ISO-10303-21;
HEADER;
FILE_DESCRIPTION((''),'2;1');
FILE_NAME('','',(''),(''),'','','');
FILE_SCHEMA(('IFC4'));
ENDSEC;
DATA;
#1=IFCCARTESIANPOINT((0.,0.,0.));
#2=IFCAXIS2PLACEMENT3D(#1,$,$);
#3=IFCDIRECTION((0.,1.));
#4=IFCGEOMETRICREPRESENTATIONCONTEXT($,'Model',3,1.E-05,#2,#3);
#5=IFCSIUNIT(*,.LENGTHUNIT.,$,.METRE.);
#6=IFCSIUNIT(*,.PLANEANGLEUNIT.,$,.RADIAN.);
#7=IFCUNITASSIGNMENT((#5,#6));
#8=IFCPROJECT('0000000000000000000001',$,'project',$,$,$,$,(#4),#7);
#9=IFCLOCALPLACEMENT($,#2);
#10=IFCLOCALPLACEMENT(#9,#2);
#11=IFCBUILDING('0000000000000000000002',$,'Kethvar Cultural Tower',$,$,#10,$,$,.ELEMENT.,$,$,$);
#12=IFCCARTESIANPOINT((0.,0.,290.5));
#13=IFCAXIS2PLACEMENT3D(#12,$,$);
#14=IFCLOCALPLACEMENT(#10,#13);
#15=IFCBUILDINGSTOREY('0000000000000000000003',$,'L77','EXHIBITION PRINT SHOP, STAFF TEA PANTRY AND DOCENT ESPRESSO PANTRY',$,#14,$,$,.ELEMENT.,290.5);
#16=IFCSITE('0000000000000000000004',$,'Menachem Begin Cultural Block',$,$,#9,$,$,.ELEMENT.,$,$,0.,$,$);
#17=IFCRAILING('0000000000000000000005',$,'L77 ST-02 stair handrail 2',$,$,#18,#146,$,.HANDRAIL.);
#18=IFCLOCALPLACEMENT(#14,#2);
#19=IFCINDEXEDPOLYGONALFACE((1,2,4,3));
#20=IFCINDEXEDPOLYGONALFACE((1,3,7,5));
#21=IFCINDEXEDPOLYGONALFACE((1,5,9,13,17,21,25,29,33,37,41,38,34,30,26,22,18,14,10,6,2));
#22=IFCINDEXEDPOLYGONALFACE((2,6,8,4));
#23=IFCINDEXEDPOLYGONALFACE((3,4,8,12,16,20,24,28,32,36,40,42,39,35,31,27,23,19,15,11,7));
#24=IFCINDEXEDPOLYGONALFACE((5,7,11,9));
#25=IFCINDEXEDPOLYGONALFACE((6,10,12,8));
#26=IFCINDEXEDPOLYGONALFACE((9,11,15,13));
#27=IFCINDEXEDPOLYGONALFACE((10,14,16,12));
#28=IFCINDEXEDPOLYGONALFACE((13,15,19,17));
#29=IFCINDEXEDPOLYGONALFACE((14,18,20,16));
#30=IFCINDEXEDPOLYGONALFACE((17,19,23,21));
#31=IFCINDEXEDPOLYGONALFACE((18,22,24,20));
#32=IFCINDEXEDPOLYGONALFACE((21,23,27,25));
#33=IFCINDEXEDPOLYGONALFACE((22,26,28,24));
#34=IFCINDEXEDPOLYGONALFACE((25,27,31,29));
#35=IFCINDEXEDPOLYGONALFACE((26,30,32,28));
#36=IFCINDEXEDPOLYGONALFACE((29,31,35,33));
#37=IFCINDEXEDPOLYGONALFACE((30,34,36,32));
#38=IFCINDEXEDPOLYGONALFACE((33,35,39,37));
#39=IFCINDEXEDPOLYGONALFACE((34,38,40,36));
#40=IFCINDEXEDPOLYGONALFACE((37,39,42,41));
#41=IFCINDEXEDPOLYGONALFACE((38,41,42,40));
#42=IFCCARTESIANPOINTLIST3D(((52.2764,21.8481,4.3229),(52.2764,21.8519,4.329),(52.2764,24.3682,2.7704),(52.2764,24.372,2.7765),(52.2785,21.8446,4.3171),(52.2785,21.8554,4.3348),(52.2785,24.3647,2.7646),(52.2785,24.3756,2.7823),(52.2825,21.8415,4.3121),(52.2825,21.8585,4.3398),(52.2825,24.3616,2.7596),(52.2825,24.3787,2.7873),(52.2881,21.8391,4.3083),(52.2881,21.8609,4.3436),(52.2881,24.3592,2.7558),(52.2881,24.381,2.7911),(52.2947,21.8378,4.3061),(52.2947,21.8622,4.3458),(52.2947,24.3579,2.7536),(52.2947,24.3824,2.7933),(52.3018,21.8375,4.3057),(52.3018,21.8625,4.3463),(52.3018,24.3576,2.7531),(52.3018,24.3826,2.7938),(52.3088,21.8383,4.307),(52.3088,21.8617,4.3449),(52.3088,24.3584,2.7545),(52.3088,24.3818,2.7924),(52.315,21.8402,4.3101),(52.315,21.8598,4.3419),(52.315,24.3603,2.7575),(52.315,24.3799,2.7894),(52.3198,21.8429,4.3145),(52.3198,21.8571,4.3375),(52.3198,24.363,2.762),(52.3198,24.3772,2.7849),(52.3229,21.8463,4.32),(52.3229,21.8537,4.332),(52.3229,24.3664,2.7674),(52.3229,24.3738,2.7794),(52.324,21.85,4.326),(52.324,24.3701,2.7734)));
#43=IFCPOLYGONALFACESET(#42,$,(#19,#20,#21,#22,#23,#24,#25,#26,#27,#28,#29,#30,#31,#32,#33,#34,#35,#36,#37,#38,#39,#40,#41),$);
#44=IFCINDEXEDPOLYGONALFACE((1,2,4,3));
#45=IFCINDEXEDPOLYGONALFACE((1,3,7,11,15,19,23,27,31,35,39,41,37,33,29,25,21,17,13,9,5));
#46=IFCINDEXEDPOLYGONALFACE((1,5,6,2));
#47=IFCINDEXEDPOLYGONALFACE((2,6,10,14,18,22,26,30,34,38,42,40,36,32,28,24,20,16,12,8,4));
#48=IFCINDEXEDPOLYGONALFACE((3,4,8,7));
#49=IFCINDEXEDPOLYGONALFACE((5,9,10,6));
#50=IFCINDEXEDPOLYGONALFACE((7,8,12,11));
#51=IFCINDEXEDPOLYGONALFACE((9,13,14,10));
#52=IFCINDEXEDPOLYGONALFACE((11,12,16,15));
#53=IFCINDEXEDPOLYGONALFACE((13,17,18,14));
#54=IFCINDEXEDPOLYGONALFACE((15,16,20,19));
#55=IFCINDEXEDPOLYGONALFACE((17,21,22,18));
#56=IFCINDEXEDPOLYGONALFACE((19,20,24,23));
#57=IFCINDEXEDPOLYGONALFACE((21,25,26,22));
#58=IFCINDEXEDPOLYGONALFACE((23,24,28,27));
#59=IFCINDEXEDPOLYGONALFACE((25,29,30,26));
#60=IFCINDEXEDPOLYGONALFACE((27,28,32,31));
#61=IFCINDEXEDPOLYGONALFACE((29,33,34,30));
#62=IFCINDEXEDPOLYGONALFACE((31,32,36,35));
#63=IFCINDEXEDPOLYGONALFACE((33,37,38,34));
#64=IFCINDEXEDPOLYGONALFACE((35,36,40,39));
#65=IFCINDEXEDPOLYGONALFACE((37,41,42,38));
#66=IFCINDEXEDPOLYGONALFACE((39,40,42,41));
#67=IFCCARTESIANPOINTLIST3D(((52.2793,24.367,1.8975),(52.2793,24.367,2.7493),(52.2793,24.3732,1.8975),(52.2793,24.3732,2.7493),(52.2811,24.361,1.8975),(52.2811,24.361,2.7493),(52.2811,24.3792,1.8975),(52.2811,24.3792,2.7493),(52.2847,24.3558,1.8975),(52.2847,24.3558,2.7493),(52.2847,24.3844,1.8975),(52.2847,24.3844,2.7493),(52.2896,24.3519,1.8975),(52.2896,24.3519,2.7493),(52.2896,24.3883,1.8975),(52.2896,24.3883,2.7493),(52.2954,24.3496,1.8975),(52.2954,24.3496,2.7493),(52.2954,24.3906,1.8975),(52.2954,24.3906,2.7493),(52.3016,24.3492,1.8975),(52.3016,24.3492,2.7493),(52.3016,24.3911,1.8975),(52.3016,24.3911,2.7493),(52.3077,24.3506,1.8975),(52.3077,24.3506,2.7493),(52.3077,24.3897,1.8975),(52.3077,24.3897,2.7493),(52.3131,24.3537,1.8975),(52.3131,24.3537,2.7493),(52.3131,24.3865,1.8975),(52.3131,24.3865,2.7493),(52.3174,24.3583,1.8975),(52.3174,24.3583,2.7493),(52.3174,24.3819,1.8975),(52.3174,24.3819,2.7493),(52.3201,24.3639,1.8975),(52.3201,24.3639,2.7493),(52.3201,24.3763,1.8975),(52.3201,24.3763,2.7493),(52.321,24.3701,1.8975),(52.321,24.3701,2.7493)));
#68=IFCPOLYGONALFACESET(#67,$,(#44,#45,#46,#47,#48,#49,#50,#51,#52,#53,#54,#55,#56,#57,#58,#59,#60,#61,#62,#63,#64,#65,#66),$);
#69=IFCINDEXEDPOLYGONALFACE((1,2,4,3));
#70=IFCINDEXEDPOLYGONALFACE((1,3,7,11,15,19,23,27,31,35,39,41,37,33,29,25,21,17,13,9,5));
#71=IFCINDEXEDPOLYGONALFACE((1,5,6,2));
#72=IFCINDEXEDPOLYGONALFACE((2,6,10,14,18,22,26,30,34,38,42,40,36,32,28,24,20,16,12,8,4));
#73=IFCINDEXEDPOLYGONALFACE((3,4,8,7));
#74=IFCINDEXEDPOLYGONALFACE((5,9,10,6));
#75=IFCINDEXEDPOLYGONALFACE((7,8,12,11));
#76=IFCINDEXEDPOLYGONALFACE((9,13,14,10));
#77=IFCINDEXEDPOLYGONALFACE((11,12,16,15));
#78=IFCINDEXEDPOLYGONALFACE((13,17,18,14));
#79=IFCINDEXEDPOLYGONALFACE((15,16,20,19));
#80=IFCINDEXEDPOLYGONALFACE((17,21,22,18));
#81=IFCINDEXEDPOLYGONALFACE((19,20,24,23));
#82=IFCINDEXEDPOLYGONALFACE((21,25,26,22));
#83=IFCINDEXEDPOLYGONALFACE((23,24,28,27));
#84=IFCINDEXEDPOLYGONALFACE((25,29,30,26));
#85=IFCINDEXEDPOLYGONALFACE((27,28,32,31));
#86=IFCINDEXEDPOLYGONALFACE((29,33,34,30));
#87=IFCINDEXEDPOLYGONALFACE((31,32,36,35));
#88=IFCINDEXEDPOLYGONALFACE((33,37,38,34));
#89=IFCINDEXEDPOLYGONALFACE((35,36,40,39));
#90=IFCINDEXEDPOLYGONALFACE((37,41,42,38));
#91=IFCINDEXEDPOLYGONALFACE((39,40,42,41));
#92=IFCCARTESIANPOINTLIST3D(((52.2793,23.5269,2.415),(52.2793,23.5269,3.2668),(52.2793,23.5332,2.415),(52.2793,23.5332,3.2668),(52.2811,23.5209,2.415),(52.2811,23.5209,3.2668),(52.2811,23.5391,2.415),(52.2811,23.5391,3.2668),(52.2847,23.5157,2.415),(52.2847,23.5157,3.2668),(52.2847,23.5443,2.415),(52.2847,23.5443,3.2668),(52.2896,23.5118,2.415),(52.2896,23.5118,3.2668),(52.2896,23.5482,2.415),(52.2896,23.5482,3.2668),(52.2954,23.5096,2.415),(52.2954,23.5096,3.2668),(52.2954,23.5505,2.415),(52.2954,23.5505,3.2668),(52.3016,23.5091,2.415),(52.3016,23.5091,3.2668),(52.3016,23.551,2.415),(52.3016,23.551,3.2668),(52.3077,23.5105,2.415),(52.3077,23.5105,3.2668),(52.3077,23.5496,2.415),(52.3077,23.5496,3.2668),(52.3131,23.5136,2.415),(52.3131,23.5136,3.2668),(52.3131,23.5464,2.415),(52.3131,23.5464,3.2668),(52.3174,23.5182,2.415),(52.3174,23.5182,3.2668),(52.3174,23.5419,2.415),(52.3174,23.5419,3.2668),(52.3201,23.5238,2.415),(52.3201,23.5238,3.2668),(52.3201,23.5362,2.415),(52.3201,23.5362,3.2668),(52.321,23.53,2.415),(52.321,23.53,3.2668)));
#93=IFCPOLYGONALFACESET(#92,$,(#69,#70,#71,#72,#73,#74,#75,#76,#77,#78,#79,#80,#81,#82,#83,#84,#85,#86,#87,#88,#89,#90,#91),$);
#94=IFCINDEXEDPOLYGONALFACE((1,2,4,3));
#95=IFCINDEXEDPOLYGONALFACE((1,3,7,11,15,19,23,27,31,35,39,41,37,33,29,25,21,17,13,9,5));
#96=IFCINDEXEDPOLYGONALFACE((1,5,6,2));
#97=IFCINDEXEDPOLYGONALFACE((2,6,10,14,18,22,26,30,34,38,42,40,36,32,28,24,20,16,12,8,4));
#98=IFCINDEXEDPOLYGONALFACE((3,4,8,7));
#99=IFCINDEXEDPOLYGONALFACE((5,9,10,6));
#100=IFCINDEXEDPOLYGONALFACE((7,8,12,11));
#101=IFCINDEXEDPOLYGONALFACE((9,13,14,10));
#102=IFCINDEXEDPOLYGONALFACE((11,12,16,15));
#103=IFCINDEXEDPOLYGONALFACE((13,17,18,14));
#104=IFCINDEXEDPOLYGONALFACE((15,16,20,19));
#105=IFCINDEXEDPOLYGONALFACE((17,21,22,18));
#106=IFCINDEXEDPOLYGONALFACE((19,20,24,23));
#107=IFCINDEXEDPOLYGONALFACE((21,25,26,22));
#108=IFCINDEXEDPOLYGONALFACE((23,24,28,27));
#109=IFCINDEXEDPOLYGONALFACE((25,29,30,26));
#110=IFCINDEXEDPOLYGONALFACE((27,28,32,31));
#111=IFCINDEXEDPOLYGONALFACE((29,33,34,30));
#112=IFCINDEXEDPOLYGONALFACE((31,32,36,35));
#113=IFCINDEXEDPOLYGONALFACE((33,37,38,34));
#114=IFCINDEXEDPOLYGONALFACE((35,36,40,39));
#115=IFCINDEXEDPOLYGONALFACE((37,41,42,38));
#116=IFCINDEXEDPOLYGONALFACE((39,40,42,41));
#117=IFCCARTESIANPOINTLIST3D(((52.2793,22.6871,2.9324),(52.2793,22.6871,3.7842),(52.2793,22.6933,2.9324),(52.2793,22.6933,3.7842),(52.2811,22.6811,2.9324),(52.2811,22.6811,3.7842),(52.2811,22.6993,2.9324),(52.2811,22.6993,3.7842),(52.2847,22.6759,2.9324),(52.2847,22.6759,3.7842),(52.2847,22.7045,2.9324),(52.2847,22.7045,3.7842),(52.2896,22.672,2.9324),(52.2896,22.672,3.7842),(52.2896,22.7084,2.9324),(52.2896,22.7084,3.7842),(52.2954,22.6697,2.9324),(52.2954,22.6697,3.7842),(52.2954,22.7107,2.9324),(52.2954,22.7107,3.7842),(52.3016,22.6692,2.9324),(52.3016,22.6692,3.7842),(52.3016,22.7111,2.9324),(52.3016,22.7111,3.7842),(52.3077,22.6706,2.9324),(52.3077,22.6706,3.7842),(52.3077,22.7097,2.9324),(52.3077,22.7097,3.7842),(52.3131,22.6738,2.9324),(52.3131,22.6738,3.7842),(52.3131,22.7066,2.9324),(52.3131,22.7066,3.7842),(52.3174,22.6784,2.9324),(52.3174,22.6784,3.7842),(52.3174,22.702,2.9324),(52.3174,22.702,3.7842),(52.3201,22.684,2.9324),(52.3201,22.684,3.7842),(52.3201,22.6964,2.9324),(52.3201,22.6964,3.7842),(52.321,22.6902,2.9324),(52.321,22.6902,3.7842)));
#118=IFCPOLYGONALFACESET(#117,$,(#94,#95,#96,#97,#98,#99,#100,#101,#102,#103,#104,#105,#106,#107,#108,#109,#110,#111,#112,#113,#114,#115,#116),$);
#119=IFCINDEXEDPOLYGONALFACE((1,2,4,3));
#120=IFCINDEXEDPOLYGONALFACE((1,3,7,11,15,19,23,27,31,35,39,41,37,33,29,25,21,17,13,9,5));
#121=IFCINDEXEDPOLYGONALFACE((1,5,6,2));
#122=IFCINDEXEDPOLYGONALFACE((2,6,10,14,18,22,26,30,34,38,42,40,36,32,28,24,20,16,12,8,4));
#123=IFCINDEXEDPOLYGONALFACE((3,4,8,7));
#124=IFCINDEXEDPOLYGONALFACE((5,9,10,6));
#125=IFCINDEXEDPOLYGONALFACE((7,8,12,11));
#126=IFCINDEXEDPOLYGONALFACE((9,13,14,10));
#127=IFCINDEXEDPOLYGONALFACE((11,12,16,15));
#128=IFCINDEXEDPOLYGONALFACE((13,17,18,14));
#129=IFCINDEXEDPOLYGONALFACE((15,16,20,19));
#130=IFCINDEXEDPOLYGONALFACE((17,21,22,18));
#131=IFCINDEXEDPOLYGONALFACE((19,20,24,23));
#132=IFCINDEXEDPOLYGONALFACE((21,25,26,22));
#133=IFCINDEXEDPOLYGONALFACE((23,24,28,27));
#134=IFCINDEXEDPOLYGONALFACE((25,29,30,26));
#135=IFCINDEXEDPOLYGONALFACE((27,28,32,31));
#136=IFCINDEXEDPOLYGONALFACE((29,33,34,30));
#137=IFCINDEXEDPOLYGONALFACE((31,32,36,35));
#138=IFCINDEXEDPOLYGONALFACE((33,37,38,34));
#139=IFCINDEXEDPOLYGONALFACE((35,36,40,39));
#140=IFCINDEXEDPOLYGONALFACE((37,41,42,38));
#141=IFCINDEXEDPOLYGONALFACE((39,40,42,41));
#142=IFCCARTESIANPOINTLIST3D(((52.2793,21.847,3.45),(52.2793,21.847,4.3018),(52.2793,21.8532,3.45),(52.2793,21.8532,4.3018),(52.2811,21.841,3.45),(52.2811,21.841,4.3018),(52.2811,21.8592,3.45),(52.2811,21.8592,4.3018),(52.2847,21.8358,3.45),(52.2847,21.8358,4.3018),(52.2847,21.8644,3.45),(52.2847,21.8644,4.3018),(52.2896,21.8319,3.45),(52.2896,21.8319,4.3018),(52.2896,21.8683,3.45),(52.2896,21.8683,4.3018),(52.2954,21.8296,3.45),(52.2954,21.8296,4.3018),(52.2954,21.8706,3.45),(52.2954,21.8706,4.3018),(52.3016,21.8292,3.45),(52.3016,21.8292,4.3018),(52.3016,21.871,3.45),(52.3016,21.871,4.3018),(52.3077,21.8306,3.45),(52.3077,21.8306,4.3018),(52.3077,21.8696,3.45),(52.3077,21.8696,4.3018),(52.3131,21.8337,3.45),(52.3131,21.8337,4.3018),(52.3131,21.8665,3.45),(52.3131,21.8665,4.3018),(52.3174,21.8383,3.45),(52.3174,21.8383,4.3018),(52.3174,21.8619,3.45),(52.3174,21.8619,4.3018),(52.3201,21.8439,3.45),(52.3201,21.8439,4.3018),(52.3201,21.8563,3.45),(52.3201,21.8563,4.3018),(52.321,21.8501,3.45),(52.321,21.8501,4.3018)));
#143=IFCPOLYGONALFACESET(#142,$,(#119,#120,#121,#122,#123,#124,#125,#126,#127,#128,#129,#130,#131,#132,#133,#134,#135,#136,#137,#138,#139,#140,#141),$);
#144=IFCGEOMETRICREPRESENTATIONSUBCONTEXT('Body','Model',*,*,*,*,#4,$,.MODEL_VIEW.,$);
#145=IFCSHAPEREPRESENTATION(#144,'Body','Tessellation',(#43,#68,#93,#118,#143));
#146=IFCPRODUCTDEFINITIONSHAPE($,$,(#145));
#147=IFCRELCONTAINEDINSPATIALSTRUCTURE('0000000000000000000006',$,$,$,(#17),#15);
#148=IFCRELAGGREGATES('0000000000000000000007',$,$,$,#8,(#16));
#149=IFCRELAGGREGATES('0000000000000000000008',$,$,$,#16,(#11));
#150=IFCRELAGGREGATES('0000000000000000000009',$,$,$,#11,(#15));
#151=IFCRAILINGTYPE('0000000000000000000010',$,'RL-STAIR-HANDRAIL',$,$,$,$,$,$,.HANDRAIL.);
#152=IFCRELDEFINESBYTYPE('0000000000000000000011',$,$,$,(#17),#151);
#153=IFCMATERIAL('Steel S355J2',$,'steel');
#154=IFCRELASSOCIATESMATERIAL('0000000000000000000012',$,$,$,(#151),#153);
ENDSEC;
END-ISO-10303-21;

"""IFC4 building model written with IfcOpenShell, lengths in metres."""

from ifc_helpers import new_model, si_unit, direction, frame, origin, origin_2d, place, context, subcontext, project, spatial, circle, extrude, material, type_object, element, save


model = new_model("IFC4")

# Units and contexts
model_context = context("Model", 3, precision=1e-05, world=origin(), true_north=direction((0.0, 1.0)))
body_context = subcontext(model_context, "Body", "Model", "MODEL_VIEW")
ifc_project = project(units=[si_unit("LENGTHUNIT", "METRE"), si_unit("PLANEANGLEUNIT", "RADIAN")], contexts=[model_context])

# Site, building, storey
site_placement = place(None, origin())
site = spatial("IfcSite", under=ifc_project, at=site_placement, Name="Menachem Begin Cultural Block", CompositionType="ELEMENT", RefElevation=0.0)
building_placement = place(site_placement, origin())
building = spatial("IfcBuilding", under=site, at=building_placement, Name="Kethvar Cultural Tower", CompositionType="ELEMENT")
storey_placement = place(building_placement, frame((0.0, 0.0, 290.5)))
storey = spatial("IfcBuildingStorey", under=building, at=storey_placement, Name="L77", Description="EXHIBITION PRINT SHOP, STAFF TEA PANTRY AND DOCENT ESPRESSO PANTRY", CompositionType="ELEMENT", Elevation=290.5)

# Shared definitions
ifc_material_1 = material(Name="Steel S355J2", Category="steel")

# Railing
railing_type_1 = type_object("IfcRailingType", Name="RL-STAIR-HANDRAIL", PredefinedType="HANDRAIL", material=ifc_material_1)
railing_1_placement = place(storey_placement, frame((52.3, 24.3701, 1.8975)))
element("IfcRailing", 1, at=railing_1_placement, inside=storey, type_object=railing_type_1, Name="L77 ST-02 stair handrail 2", PredefinedType="HANDRAIL", context=body_context, shape_type="SweptSolid", body=[
    extrude(circle(Radius=0.0239, at=origin_2d()), frame((0.0, 0.0, 0.876), z_axis=(0.0, -0.8514, 0.524516), x_axis=(1.0, 0.0, 0.0)), (0.0, 0.0, 1.0), 2.96),
    extrude(circle(Radius=0.021, at=origin_2d()), origin(), (0.0, 0.0, 1.0), 0.8518),
    extrude(circle(Radius=0.021, at=origin_2d()), frame((0.0, -0.8401, 0.5176)), (0.0, 0.0, 1.0), 0.8518),
    extrude(circle(Radius=0.021, at=origin_2d()), frame((0.0, -1.6799, 1.0349)), (0.0, 0.0, 1.0), 0.8518),
    extrude(circle(Radius=0.021, at=origin_2d()), frame((0.0, -2.52, 1.5525)), (0.0, 0.0, 1.0), 0.8518),
])

save(model, "model.ifc")
